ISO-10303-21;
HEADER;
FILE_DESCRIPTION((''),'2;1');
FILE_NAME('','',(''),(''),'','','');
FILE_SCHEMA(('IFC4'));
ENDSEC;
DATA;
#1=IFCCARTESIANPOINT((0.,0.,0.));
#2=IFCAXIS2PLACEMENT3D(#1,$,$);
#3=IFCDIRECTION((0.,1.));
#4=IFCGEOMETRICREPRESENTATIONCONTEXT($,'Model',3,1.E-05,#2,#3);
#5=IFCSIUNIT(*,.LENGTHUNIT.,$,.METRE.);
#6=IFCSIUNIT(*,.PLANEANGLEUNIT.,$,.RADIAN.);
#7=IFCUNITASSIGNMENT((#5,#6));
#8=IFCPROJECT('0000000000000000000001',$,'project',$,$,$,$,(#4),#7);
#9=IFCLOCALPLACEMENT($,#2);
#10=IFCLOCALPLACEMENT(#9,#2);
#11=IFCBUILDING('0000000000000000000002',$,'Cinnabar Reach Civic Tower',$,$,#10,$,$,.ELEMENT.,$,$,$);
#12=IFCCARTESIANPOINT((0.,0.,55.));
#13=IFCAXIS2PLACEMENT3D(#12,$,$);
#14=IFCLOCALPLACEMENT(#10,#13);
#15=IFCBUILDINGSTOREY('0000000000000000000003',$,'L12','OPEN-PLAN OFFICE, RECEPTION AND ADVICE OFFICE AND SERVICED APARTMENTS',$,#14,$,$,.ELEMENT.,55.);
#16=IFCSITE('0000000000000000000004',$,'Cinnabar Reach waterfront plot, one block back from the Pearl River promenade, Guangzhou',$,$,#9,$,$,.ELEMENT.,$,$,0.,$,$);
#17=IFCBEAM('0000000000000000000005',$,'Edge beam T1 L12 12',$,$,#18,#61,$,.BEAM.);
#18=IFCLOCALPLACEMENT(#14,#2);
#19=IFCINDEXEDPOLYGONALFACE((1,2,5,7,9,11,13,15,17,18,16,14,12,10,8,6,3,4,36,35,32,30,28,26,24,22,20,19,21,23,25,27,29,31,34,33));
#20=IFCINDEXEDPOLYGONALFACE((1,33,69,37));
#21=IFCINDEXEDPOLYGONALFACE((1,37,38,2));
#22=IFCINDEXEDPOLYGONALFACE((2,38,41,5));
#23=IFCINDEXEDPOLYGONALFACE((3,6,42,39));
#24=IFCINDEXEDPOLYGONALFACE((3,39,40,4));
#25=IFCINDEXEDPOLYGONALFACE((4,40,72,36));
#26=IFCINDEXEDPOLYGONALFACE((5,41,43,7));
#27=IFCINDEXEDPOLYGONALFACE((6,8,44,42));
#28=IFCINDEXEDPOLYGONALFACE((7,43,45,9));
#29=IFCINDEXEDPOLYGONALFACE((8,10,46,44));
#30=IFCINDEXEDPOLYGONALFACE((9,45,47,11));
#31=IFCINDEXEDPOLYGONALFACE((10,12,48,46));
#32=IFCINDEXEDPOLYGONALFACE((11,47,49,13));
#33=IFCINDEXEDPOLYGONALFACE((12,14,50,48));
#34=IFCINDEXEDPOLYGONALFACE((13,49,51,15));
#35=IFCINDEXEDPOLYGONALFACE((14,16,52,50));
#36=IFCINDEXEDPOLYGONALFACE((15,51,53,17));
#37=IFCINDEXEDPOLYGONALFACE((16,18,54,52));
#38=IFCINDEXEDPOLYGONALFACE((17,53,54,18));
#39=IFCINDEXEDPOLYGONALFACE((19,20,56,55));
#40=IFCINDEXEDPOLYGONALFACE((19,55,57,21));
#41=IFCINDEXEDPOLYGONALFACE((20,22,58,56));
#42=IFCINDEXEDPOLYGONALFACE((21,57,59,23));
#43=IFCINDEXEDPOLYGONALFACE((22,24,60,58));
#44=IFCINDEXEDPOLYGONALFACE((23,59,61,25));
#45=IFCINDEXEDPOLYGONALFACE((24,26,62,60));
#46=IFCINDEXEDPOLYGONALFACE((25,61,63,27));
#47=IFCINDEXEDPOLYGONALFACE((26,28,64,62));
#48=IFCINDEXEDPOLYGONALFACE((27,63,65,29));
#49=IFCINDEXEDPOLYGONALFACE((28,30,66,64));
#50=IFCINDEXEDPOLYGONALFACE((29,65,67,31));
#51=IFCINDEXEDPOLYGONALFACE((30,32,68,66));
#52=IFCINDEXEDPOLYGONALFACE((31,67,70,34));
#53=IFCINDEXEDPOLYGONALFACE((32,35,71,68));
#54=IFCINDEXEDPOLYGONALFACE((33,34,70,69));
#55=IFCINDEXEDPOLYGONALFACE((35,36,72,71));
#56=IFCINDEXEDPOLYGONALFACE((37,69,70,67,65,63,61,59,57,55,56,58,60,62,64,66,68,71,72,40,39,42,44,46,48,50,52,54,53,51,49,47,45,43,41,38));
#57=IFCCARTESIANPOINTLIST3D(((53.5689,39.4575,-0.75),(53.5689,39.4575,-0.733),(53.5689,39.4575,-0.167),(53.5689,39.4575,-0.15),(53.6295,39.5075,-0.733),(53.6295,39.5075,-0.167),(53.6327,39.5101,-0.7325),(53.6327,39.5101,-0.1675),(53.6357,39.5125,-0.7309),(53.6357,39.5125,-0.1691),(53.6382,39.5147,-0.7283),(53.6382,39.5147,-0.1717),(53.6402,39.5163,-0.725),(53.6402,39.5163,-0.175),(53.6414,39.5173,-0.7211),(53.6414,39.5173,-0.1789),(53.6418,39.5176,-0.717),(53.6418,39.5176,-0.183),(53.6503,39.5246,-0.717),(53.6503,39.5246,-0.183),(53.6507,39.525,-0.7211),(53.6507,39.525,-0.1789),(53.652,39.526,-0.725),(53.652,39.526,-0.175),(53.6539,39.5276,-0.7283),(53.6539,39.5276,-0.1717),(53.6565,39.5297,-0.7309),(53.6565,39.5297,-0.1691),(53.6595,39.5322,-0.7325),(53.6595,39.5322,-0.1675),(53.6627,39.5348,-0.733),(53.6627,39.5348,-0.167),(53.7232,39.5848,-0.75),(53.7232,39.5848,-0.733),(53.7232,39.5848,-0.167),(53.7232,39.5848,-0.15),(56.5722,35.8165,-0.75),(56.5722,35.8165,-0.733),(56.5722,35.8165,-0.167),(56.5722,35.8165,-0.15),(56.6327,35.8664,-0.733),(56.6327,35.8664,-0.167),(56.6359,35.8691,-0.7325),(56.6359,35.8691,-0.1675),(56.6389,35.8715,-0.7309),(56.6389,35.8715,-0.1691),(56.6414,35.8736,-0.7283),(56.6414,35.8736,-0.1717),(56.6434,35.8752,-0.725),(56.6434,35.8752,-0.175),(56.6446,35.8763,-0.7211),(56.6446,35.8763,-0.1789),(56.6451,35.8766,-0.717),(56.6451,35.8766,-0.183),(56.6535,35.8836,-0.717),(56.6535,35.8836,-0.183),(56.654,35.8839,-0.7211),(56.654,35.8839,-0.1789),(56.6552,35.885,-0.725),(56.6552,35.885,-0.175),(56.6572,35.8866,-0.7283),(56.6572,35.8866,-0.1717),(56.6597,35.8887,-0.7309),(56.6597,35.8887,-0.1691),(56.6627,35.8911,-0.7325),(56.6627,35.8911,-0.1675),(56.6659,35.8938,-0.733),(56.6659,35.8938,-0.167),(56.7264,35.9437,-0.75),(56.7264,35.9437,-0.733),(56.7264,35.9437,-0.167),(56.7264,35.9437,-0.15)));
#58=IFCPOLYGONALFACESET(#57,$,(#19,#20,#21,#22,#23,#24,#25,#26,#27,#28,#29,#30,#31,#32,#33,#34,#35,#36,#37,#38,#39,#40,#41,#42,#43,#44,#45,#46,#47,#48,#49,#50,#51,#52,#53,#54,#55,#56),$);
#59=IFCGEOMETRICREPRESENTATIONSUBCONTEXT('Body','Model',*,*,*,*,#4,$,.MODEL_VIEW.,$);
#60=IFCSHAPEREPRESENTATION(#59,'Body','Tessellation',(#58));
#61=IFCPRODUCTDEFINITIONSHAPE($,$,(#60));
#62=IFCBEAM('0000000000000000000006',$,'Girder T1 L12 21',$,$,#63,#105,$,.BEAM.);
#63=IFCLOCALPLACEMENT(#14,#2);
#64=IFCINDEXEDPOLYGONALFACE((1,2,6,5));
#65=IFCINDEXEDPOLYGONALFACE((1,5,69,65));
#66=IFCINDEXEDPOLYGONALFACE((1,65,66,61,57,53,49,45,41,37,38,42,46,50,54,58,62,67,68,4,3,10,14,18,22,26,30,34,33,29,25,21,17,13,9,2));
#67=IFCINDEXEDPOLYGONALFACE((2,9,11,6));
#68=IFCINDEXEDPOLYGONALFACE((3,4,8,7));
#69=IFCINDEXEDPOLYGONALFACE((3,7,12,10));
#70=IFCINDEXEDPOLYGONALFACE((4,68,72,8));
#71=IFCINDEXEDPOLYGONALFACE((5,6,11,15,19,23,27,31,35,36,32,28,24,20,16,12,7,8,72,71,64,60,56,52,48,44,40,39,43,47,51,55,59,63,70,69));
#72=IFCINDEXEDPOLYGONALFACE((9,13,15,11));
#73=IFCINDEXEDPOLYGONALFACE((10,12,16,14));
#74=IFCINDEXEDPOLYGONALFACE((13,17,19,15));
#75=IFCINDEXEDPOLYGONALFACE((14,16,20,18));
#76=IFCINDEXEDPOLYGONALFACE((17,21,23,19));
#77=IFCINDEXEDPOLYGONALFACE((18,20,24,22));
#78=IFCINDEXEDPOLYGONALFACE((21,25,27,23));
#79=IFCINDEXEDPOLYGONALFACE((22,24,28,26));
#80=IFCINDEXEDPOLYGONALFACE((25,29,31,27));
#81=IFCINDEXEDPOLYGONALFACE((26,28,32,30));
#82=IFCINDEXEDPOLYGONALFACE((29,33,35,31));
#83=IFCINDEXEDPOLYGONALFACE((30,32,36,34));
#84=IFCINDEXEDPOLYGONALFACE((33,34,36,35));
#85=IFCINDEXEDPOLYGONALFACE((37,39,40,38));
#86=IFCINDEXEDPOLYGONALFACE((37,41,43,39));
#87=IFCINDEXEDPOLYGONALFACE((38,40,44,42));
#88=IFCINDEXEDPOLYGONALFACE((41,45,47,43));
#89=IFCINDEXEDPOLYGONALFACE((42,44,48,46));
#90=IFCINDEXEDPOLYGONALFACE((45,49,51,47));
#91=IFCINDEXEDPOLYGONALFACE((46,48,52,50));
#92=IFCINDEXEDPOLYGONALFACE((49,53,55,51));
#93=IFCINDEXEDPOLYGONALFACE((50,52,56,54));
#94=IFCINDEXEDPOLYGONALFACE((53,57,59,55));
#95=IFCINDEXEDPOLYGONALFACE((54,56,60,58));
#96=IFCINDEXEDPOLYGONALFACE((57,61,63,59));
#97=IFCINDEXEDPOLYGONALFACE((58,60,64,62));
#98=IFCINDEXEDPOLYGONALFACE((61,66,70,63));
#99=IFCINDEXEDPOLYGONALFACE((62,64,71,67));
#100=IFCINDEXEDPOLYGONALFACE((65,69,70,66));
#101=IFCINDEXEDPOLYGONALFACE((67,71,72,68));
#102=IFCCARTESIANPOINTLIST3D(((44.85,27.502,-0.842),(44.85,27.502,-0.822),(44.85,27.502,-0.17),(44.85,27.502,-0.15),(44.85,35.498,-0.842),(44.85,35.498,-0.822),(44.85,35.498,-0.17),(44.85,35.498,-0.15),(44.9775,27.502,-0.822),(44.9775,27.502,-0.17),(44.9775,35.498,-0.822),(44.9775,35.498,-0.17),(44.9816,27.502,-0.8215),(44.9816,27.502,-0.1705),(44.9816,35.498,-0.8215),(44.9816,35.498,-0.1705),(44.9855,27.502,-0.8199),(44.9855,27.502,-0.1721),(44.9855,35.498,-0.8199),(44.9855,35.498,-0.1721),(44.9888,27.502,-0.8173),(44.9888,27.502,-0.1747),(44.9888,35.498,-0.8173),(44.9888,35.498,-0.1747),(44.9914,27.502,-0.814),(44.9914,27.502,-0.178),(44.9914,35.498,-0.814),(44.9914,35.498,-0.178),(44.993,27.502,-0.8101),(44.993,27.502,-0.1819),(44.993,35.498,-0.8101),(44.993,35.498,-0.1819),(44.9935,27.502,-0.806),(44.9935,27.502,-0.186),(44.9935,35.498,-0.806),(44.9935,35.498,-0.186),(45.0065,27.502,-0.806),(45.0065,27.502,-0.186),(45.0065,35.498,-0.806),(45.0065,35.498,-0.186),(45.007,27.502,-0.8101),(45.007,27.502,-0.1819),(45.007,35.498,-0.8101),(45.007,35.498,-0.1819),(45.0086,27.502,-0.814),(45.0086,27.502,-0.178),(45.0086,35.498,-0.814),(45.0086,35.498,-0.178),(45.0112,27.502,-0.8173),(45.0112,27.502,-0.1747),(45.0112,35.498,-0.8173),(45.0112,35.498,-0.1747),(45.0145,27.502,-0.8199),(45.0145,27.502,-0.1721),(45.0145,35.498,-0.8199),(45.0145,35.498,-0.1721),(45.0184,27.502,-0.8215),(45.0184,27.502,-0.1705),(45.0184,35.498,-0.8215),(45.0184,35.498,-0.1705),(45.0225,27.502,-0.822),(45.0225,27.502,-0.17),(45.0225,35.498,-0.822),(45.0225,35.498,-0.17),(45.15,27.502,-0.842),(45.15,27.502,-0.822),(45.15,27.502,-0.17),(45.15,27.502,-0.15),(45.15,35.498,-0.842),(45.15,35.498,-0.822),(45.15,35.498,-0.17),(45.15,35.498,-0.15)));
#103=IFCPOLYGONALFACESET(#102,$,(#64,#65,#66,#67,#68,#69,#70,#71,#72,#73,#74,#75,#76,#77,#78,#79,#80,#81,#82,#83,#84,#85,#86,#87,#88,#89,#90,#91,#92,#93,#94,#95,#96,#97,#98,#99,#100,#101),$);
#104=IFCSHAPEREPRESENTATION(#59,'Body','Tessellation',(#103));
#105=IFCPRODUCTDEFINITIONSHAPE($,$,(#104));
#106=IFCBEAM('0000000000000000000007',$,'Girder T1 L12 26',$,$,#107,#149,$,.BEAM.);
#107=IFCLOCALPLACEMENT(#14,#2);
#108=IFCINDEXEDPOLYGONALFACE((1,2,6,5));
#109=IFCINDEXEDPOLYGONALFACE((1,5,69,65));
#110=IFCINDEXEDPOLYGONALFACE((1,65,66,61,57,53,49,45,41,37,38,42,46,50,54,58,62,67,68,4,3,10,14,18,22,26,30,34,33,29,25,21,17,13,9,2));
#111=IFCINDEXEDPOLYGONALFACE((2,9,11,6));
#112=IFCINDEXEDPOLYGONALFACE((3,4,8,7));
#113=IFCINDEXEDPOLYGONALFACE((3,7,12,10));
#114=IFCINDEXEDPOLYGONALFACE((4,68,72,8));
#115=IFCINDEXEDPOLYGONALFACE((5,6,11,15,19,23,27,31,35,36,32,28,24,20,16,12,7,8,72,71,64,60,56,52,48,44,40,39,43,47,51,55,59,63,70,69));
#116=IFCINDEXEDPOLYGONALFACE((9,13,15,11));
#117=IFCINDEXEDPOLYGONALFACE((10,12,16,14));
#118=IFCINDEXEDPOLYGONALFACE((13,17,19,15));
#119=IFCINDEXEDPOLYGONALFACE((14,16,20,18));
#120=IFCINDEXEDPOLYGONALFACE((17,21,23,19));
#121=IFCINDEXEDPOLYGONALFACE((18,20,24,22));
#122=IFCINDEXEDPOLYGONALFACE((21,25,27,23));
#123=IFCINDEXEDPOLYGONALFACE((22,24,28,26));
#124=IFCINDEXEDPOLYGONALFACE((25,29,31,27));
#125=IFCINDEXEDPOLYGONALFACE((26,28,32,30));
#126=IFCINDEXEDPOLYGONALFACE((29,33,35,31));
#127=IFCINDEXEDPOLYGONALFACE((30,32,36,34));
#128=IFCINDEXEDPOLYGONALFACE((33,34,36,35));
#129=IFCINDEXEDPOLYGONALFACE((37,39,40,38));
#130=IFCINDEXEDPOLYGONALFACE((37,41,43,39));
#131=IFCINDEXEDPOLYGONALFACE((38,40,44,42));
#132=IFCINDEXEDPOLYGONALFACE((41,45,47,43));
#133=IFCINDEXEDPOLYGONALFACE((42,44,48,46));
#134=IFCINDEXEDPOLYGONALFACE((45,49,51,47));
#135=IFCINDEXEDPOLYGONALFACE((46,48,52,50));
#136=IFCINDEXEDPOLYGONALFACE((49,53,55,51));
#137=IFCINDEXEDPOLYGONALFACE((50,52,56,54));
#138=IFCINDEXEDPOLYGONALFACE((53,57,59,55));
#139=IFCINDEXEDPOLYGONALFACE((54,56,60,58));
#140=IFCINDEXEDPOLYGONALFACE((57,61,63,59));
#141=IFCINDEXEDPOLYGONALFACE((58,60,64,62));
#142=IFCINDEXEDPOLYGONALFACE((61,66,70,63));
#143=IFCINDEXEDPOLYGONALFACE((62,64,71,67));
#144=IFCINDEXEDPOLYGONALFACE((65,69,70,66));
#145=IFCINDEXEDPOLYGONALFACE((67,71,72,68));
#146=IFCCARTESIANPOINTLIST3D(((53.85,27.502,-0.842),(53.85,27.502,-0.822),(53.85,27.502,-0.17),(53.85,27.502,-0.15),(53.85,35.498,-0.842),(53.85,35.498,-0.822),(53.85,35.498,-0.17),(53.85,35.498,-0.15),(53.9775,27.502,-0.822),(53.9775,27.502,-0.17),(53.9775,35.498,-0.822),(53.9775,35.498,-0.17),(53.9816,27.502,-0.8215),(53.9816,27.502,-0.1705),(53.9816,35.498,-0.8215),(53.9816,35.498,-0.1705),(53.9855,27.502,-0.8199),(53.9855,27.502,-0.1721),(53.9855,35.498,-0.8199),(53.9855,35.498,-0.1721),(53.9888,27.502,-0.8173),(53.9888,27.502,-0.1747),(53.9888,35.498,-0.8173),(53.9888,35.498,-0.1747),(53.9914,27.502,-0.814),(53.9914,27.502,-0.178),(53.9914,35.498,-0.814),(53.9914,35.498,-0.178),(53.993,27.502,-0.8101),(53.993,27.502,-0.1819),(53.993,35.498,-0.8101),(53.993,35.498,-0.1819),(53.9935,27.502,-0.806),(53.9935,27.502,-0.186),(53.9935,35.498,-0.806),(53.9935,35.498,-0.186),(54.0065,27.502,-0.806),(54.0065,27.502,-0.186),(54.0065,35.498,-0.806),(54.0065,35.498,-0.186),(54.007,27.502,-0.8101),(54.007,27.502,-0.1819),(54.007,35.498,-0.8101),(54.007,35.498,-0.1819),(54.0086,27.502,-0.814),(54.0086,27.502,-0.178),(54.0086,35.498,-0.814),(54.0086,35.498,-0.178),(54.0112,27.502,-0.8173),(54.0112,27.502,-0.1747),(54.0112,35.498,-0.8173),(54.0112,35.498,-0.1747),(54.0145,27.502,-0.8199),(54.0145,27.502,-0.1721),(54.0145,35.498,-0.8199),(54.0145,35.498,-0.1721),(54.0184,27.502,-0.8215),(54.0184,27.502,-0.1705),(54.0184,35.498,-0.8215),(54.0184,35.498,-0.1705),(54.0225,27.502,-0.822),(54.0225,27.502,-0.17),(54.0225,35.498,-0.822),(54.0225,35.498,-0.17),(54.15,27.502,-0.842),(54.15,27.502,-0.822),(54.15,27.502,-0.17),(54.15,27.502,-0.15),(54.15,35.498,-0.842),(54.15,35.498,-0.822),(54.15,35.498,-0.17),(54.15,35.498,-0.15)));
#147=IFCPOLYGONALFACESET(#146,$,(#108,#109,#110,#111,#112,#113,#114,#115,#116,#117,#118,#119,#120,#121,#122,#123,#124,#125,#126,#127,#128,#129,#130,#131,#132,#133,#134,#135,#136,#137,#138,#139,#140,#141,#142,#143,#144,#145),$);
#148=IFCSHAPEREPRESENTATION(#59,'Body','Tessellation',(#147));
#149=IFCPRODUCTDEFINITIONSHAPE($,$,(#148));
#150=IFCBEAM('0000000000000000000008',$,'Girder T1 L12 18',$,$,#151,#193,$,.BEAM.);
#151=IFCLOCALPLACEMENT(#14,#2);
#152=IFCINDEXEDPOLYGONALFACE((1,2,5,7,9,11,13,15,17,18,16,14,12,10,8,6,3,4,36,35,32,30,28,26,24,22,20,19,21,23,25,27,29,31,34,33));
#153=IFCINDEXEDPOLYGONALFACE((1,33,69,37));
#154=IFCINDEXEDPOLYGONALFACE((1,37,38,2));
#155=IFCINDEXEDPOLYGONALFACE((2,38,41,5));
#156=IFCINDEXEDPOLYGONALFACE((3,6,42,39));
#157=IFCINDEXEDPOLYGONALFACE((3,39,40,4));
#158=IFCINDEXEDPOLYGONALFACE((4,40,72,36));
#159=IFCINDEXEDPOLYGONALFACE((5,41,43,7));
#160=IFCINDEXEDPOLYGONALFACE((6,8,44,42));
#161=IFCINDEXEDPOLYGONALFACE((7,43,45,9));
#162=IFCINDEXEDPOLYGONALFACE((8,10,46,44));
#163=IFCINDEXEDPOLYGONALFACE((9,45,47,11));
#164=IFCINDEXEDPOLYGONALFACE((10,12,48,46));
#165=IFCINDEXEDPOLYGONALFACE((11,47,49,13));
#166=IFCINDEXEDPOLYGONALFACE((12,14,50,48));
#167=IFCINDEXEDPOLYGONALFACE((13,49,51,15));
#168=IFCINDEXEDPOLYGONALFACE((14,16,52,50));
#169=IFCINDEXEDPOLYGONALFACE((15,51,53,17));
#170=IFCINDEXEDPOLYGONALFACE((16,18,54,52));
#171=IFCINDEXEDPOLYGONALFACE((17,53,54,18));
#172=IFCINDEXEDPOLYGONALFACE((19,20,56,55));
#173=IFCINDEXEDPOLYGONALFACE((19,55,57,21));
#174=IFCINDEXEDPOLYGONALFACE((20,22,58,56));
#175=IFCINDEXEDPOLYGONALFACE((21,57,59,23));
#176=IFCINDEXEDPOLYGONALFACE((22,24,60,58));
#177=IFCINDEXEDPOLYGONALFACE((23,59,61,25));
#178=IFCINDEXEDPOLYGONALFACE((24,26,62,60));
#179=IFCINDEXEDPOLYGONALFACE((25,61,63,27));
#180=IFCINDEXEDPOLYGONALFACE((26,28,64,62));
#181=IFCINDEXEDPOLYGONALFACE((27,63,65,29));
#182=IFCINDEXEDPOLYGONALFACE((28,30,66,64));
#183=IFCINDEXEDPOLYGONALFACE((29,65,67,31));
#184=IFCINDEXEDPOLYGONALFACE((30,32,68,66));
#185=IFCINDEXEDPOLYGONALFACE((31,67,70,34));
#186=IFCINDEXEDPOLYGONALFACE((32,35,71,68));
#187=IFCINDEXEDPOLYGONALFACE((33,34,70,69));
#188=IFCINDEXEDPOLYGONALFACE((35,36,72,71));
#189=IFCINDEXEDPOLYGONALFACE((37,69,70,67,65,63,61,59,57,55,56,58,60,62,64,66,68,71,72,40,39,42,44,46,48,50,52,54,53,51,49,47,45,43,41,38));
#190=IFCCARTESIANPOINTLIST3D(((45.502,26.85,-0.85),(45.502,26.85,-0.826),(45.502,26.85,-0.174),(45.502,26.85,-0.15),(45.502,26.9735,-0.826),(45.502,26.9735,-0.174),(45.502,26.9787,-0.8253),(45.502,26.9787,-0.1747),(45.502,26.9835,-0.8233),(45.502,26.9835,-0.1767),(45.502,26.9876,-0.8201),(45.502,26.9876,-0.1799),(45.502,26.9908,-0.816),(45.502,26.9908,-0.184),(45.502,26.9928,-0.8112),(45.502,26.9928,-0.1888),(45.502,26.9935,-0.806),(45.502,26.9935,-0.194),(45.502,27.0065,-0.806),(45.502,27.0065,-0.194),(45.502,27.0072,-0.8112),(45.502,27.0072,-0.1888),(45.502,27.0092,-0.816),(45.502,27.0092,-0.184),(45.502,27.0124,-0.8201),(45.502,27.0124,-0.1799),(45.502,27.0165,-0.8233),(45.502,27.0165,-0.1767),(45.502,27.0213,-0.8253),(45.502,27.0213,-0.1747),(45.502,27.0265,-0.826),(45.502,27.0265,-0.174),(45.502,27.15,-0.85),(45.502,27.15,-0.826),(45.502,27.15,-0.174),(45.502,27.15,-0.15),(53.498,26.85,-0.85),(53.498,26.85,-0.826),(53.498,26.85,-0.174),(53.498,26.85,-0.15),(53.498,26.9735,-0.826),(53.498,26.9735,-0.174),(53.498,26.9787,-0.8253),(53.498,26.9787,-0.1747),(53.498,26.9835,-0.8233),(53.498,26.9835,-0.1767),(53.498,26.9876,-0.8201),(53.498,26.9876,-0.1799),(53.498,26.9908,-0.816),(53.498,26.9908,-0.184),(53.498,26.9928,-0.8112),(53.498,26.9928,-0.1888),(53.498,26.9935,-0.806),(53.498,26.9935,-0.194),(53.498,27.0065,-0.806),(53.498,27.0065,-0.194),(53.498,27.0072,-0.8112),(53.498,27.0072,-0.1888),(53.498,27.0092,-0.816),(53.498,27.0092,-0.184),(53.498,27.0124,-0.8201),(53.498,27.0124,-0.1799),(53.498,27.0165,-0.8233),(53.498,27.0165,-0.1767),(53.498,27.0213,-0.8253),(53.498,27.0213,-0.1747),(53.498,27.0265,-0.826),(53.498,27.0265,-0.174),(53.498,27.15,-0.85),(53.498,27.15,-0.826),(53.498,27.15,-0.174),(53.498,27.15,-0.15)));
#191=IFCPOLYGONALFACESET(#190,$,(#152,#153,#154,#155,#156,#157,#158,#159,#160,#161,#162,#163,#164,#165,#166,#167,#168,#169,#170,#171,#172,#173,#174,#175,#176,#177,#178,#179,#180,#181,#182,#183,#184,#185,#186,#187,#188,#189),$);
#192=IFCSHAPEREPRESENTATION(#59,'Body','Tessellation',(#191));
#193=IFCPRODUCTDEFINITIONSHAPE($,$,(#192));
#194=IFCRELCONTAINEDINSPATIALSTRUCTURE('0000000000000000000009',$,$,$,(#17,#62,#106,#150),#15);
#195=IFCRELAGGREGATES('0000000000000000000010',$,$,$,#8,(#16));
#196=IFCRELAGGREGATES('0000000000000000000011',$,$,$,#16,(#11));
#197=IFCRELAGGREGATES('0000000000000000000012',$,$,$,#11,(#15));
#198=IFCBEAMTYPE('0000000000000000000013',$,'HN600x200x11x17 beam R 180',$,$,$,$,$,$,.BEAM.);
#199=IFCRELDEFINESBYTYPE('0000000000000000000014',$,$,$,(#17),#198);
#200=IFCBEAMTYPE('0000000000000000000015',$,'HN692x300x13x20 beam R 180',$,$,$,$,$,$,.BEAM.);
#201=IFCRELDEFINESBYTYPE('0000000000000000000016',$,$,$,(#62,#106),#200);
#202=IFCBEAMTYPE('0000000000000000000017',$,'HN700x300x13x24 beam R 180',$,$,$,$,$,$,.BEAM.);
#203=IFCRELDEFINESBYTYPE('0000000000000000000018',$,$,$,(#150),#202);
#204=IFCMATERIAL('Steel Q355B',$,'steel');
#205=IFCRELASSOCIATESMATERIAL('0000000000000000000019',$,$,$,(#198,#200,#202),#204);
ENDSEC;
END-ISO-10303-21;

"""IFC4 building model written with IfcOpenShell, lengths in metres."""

from ifc_helpers import new_model, si_unit, direction, frame, origin, origin_2d, place, context, subcontext, project, spatial, i_section, extrude, material, material_profile, profile_set, type_object, element, save


model = new_model("IFC4")

# Units and contexts
model_context = context("Model", 3, precision=1e-05, world=origin(), true_north=direction((0.0, 1.0)))
body_context = subcontext(model_context, "Body", "Model", "MODEL_VIEW")
ifc_project = project(units=[si_unit("LENGTHUNIT", "METRE"), si_unit("PLANEANGLEUNIT", "RADIAN")], contexts=[model_context])

# Site, building, storey
site_placement = place(None, origin())
site = spatial("IfcSite", under=ifc_project, at=site_placement, Name="Cinnabar Reach waterfront plot, one block back from the Pearl River promenade, Guangzhou", CompositionType="ELEMENT", RefElevation=0.0)
building_placement = place(site_placement, origin())
building = spatial("IfcBuilding", under=site, at=building_placement, Name="Cinnabar Reach Civic Tower", CompositionType="ELEMENT")
storey_placement = place(building_placement, frame((0.0, 0.0, 55.0)))
storey = spatial("IfcBuildingStorey", under=building, at=storey_placement, Name="L12", Description="OPEN-PLAN OFFICE, RECEPTION AND ADVICE OFFICE AND SERVICED APARTMENTS", CompositionType="ELEMENT", Elevation=55.0)

# Beams
ifc_material_1 = material(Name="Steel Q355B", Category="steel")
ifc_material_profile_1 = material_profile(ifc_material_1, i_section(OverallWidth=0.2, OverallDepth=0.6, WebThickness=0.011, FlangeThickness=0.017, FilletRadius=0.016, at=origin_2d()), Name="HN600x200x11x17")
ifc_profile_set_1 = profile_set([ifc_material_profile_1], Name="Steel Q355B")
beam_type_1 = type_object("IfcBeamType", Name="HN600x200x11x17 beam R 180", PredefinedType="BEAM", material=ifc_profile_set_1)
beam_1_placement = place(storey_placement, frame((56.6493, 35.8801, -0.45), z_axis=(-0.636304, 0.771438, 0.0), x_axis=(-0.771438, -0.636304, 0.0)))
element("IfcBeam", 1, at=beam_1_placement, inside=storey, type_object=beam_type_1, Name="Edge beam T1 L12 12", PredefinedType="BEAM", context=body_context, shape_type="SweptSolid", body=[
    extrude(i_section(OverallWidth=0.2, OverallDepth=0.6, WebThickness=0.011, FlangeThickness=0.017, FilletRadius=0.016, at=origin_2d()), origin(), (0.0, 0.0, 1.0), 4.7198),
])
ifc_material_profile_2 = material_profile(ifc_material_1, i_section(OverallWidth=0.3, OverallDepth=0.692, WebThickness=0.013, FlangeThickness=0.02, FilletRadius=0.016, at=origin_2d()), Name="HN692x300x13x20")
ifc_profile_set_2 = profile_set([ifc_material_profile_2], Name="Steel Q355B")
beam_type_2 = type_object("IfcBeamType", Name="HN692x300x13x20 beam R 180", PredefinedType="BEAM", material=ifc_profile_set_2)
for number, where, z_axis, x_axis, name in (
    (2, (45.0, 27.502, -0.496), (0.0, 1.0, 0.0), (-1.0, 0.0, 0.0), "Girder T1 L12 21"),
    (3, (54.0, 27.502, -0.496), (0.0, 1.0, 0.0), (-1.0, 0.0, 0.0), "Girder T1 L12 26"),
):
    element("IfcBeam", number, at=place(storey_placement, frame(where, z_axis=z_axis, x_axis=x_axis)), inside=storey, type_object=beam_type_2, Name=name, PredefinedType="BEAM", context=body_context, shape_type="SweptSolid", body=[
        extrude(i_section(OverallWidth=0.3, OverallDepth=0.692, WebThickness=0.013, FlangeThickness=0.02, FilletRadius=0.016, at=origin_2d()), origin(), (0.0, 0.0, 1.0), 7.996),
    ])
ifc_material_profile_3 = material_profile(ifc_material_1, i_section(OverallWidth=0.3, OverallDepth=0.7, WebThickness=0.013, FlangeThickness=0.024, FilletRadius=0.02, at=origin_2d()), Name="HN700x300x13x24")
ifc_profile_set_3 = profile_set([ifc_material_profile_3], Name="Steel Q355B")
beam_type_3 = type_object("IfcBeamType", Name="HN700x300x13x24 beam R 180", PredefinedType="BEAM", material=ifc_profile_set_3)
beam_2_placement = place(storey_placement, frame((45.502, 27.0, -0.5), z_axis=(1.0, 0.0, 0.0), x_axis=(0.0, 1.0, 0.0)))
element("IfcBeam", 4, at=beam_2_placement, inside=storey, type_object=beam_type_3, Name="Girder T1 L12 18", PredefinedType="BEAM", context=body_context, shape_type="SweptSolid", body=[
    extrude(i_section(OverallWidth=0.3, OverallDepth=0.7, WebThickness=0.013, FlangeThickness=0.024, FilletRadius=0.02, at=origin_2d()), origin(), (0.0, 0.0, 1.0), 7.996),
])

save(model, "model.ifc")
